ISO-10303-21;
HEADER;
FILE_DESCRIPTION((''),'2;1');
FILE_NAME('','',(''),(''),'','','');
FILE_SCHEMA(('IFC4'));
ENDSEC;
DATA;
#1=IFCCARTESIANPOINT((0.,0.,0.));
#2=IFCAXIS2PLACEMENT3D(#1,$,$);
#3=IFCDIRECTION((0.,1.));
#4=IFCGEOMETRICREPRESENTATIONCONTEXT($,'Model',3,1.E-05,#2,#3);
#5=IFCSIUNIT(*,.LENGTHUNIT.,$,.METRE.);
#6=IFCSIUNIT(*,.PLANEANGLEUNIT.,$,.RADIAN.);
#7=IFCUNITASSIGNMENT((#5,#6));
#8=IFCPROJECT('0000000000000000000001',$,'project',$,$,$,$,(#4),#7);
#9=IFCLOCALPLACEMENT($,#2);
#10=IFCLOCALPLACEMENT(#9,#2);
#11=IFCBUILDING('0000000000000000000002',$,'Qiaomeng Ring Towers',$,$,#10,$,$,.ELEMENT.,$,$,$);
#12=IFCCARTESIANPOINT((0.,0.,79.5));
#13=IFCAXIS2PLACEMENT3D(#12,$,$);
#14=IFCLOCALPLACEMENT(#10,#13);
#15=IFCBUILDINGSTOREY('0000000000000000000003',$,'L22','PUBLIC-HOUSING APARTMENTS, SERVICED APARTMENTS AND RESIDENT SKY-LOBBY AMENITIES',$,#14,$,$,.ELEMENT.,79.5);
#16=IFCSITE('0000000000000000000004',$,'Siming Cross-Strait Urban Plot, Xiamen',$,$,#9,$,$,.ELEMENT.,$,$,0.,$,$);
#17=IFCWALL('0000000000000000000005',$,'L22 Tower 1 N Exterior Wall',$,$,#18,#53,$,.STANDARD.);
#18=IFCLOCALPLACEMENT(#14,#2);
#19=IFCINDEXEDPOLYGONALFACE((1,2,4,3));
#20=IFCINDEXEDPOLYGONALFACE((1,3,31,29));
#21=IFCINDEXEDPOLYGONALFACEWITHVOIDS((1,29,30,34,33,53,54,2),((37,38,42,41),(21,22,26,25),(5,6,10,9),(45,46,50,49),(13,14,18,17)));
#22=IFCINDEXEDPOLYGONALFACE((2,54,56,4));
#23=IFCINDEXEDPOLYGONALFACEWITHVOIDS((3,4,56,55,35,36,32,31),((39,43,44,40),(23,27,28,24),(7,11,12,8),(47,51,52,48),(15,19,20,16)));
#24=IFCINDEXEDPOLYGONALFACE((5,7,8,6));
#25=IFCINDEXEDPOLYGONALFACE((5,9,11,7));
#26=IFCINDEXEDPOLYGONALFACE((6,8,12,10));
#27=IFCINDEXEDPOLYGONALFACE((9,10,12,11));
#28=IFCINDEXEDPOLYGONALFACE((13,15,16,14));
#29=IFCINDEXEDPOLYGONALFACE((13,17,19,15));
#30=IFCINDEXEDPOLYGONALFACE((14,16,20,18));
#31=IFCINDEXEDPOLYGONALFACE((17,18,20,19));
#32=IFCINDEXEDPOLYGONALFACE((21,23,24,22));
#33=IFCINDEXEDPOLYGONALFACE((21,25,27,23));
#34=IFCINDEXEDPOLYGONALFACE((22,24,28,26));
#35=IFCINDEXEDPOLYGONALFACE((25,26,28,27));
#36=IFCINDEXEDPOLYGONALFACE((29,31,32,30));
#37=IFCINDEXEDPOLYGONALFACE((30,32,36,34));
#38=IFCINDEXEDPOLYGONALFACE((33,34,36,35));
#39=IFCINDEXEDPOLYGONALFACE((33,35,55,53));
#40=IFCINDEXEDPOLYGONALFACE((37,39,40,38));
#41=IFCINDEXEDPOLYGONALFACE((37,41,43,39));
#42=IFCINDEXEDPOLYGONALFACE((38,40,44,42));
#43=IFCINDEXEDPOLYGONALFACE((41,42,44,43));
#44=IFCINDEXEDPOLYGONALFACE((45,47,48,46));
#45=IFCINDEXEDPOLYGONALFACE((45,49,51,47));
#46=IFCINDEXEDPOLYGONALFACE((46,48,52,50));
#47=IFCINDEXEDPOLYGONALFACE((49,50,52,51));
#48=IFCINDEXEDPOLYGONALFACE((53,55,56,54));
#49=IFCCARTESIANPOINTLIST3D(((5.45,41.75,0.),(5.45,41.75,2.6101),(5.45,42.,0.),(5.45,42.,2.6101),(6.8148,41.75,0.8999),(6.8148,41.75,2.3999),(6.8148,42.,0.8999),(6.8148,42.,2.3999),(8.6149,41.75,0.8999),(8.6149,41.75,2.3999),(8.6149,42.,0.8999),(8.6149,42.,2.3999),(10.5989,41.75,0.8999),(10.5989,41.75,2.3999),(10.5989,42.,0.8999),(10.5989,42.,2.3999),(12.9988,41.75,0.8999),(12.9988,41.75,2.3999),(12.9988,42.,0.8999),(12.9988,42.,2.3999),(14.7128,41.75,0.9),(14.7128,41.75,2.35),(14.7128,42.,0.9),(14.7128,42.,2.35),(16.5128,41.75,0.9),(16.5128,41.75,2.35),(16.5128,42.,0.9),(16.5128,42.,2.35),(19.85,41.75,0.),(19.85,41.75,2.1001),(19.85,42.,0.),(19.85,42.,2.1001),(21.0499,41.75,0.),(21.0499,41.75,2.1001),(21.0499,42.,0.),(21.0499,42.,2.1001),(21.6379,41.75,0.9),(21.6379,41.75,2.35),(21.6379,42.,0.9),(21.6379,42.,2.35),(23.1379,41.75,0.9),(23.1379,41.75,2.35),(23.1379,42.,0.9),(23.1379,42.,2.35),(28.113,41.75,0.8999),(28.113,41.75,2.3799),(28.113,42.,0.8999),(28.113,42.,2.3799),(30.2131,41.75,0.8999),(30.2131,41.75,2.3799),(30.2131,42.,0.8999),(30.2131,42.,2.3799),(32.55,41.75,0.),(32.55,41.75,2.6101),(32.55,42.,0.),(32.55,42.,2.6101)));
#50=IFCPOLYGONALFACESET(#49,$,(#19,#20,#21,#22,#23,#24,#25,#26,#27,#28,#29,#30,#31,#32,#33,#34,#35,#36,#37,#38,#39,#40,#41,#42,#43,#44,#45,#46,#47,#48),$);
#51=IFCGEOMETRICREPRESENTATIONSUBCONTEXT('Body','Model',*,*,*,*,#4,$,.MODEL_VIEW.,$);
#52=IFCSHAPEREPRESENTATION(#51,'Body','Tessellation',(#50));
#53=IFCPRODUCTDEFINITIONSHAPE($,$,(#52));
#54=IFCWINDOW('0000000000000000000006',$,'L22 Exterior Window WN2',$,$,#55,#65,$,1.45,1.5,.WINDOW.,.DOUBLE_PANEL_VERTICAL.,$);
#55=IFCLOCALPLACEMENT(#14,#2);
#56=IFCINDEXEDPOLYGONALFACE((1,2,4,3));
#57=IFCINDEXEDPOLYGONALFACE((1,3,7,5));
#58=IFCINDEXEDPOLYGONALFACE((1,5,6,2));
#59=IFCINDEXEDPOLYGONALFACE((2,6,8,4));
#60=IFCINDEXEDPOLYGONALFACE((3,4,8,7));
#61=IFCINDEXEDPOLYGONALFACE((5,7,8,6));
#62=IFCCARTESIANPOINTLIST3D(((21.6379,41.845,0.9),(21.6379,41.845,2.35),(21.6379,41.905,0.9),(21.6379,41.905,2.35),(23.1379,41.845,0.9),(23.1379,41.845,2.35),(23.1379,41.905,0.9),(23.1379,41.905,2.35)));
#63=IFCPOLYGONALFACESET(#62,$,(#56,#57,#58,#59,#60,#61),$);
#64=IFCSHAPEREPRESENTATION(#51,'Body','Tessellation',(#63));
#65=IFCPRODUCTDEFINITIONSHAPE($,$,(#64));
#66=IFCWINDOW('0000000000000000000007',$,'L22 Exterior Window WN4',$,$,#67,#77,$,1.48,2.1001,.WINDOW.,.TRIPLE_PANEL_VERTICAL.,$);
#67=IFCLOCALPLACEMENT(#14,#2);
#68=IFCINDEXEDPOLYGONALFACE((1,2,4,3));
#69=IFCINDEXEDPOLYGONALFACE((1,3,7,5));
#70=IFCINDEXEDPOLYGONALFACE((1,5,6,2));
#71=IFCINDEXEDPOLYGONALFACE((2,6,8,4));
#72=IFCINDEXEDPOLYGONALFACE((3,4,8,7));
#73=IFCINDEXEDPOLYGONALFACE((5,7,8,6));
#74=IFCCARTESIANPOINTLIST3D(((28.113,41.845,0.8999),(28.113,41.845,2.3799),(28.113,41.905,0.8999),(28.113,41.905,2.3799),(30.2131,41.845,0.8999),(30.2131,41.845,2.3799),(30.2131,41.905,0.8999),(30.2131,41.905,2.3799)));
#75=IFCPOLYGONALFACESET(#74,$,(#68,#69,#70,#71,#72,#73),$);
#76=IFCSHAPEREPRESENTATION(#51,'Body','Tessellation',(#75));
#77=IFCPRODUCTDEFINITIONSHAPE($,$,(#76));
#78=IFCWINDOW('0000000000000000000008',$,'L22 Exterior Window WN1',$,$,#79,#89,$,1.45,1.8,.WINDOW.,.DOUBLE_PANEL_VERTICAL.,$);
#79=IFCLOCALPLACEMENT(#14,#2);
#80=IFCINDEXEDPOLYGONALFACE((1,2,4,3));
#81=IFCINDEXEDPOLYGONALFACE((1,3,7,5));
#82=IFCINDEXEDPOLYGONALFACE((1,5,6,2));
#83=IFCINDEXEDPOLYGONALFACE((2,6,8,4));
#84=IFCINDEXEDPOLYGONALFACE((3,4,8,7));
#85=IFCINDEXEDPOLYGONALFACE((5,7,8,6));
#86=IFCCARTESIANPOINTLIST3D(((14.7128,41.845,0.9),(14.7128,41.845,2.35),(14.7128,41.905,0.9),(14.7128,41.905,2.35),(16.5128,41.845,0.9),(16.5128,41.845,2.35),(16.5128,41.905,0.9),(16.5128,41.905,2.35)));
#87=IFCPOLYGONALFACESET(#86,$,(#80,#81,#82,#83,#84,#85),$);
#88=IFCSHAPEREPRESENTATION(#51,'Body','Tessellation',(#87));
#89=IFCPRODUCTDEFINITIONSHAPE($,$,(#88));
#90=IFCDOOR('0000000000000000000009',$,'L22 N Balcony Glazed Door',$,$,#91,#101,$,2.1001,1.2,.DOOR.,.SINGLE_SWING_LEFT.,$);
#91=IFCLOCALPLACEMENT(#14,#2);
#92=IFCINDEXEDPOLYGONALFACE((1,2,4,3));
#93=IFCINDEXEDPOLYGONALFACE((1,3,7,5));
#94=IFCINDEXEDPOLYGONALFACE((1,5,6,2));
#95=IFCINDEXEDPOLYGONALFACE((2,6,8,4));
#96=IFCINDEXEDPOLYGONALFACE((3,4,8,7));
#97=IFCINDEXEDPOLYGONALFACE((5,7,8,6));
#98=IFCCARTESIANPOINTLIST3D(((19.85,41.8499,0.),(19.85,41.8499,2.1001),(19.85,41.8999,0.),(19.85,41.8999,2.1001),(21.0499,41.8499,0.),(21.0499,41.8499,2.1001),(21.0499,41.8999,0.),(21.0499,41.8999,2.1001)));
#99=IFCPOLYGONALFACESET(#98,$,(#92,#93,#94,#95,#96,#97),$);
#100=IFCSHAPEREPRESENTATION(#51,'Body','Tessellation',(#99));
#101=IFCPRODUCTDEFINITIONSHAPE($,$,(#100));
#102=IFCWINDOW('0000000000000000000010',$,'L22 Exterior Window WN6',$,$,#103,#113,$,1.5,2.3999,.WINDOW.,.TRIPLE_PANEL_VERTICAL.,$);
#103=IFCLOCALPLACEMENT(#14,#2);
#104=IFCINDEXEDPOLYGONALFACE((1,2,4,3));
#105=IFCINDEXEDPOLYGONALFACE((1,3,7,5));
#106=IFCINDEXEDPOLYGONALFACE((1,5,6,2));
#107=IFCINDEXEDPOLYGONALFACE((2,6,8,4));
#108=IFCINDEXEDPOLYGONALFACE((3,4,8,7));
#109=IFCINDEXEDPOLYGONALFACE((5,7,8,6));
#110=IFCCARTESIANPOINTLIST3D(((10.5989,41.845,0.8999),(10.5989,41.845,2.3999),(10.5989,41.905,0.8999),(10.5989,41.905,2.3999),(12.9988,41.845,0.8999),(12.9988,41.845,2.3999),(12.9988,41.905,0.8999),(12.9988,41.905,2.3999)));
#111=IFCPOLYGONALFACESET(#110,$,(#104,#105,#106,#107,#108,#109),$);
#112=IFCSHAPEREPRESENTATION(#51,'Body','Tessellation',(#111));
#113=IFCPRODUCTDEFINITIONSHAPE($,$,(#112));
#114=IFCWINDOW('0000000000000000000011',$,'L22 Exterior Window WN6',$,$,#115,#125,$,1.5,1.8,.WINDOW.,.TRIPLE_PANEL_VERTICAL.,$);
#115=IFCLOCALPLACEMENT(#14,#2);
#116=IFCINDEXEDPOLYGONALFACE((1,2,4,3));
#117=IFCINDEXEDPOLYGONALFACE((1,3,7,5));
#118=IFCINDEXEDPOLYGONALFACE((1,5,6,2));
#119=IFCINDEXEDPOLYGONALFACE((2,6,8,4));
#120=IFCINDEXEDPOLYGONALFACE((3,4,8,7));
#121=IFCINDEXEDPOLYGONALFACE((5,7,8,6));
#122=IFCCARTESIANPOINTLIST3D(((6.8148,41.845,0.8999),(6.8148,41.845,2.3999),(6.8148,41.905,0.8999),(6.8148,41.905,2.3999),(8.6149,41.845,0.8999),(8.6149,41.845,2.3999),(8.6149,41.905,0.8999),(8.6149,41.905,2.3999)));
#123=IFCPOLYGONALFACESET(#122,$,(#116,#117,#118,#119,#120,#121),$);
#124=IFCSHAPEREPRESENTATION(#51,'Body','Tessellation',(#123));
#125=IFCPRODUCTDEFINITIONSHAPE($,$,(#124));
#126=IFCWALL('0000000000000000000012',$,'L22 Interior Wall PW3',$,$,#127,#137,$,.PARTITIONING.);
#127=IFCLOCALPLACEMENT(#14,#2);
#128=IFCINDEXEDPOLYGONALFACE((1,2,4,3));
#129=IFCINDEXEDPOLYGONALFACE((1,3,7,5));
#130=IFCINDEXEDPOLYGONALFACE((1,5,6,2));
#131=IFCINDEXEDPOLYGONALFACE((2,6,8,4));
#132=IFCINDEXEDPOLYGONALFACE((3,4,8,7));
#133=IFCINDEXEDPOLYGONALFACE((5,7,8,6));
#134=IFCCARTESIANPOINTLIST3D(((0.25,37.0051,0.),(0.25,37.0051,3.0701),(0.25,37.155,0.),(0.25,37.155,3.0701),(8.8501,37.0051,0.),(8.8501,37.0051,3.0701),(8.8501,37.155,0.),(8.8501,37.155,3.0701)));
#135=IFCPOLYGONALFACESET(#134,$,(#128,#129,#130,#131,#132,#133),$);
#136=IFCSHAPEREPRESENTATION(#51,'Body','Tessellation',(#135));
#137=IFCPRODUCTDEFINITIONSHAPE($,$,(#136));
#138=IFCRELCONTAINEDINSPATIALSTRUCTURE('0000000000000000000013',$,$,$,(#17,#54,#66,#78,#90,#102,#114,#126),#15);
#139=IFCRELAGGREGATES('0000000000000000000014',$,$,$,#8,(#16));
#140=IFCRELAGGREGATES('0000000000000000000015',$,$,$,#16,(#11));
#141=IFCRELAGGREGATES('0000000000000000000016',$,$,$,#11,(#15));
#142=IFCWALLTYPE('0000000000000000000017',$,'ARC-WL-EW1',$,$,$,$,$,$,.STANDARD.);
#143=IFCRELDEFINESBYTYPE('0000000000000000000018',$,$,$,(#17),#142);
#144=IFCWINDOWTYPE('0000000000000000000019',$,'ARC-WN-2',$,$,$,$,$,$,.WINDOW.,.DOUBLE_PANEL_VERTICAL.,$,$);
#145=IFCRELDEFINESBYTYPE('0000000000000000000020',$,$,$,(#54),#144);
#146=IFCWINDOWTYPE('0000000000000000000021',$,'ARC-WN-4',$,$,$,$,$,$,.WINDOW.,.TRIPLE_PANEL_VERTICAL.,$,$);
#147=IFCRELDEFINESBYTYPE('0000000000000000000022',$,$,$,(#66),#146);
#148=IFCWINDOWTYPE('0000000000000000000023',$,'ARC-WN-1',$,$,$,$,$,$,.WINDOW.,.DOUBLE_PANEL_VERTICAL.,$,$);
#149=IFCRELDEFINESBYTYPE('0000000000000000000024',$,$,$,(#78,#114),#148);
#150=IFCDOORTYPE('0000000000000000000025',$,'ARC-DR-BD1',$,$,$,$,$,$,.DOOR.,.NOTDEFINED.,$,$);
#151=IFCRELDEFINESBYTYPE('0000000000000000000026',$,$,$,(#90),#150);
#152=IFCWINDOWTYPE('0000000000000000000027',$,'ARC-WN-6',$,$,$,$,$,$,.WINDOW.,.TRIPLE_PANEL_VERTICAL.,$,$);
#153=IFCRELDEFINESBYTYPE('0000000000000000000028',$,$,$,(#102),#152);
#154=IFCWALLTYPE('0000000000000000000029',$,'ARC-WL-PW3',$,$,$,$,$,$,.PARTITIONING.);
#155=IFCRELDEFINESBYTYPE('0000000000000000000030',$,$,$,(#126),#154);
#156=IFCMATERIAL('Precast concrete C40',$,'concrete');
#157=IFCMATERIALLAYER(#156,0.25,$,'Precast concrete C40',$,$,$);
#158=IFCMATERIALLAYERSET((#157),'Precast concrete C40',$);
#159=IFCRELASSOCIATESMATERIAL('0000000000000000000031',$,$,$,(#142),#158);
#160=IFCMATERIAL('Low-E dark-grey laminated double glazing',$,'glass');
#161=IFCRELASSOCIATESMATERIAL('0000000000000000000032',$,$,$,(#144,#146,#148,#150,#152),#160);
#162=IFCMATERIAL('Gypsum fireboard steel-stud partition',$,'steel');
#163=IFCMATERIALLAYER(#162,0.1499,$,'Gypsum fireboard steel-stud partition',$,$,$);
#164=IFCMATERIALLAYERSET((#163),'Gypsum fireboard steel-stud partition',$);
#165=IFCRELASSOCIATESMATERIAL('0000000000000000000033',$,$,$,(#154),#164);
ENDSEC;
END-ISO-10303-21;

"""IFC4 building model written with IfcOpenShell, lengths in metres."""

from ifc_helpers import new_model, si_unit, direction, frame, frame_2d, origin, place, context, subcontext, project, spatial, rectangle, extrude, source, transform, mapped, material, layer, layer_set, type_object, element, fill, save


model = new_model("IFC4")

# Units and contexts
model_context = context("Model", 3, precision=1e-05, world=origin(), true_north=direction((0.0, 1.0)))
body_context = subcontext(model_context, "Body", "Model", "MODEL_VIEW")
ifc_project = project(units=[si_unit("LENGTHUNIT", "METRE"), si_unit("PLANEANGLEUNIT", "RADIAN")], contexts=[model_context])

# Site, building, storey
site_placement = place(None, origin())
site = spatial("IfcSite", under=ifc_project, at=site_placement, Name="Siming Cross-Strait Urban Plot, Xiamen", CompositionType="ELEMENT", RefElevation=0.0)
building_placement = place(site_placement, origin())
building = spatial("IfcBuilding", under=site, at=building_placement, Name="Qiaomeng Ring Towers", CompositionType="ELEMENT")
storey_placement = place(building_placement, frame((0.0, 0.0, 79.5)))
storey = spatial("IfcBuildingStorey", under=building, at=storey_placement, Name="L22", Description="PUBLIC-HOUSING APARTMENTS, SERVICED APARTMENTS AND RESIDENT SKY-LOBBY AMENITIES", CompositionType="ELEMENT", Elevation=79.5)

# Shared definitions
ifc_material_1 = material(Name="Low-E dark-grey laminated double glazing", Category="glass")

# Wall, openings, windows, door
ifc_material_2 = material(Name="Precast concrete C40", Category="concrete")
ifc_layer_1 = layer(ifc_material_2, 0.25, Name="Precast concrete C40")
ifc_layer_set_1 = layer_set([ifc_layer_1], Name="Precast concrete C40")
wall_type_1 = type_object("IfcWallType", Name="ARC-WL-EW1", PredefinedType="STANDARD", material=ifc_layer_set_1)
wall_1_placement = place(storey_placement, frame((5.45, 41.875, 0.0), z_axis=(0.0, 0.0, 1.0), x_axis=(1.0, 0.0, 0.0)))
wall_1 = element("IfcWall", 1, at=wall_1_placement, inside=storey, type_object=wall_type_1, Name="L22 Tower 1 N Exterior Wall", PredefinedType="STANDARD", context=body_context, shape_type="SweptSolid", body=[
    extrude(rectangle(XDim=27.1001, YDim=0.25, at=frame_2d((13.55, 0.0))), origin(), (0.0, 0.0, 1.0), 2.6101),
])
opening_1_placement = place(wall_1_placement, frame((14.3999, 0.0, 0.0)))
opening_1 = element("IfcOpeningElement", 2, at=opening_1_placement, cuts=wall_1, PredefinedType="OPENING", context=body_context, shape_type="SweptSolid", body=[
    extrude(rectangle(XDim=1.2, YDim=2.1001, at=frame_2d((0.6001, 1.05))), frame((0.0, 0.135, 0.0), z_axis=(0.0, -1.0, 0.0), x_axis=(1.0, 0.0, 0.0)), (0.0, 0.0, 1.0), 0.27),
])
opening_2_placement = place(wall_1_placement, frame((1.365, 0.0, 0.8999)))
opening_2 = element("IfcOpeningElement", 3, at=opening_2_placement, cuts=wall_1, PredefinedType="OPENING", context=body_context, shape_type="SweptSolid", body=[
    extrude(rectangle(XDim=1.8, YDim=1.5, at=frame_2d((0.8999, 0.75))), frame((0.0, 0.135, 0.0), z_axis=(0.0, -1.0, 0.0), x_axis=(1.0, 0.0, 0.0)), (0.0, 0.0, 1.0), 0.27),
])
opening_3_placement = place(wall_1_placement, frame((9.2629, 0.0, 0.8999)))
opening_3 = element("IfcOpeningElement", 4, at=opening_3_placement, cuts=wall_1, PredefinedType="OPENING", context=body_context, shape_type="SweptSolid", body=[
    extrude(rectangle(XDim=1.8, YDim=1.45, at=frame_2d((0.8999, 0.7251))), frame((0.0, 0.135, 0.0), z_axis=(0.0, -1.0, 0.0), x_axis=(1.0, 0.0, 0.0)), (0.0, 0.0, 1.0), 0.27),
])
opening_4_placement = place(wall_1_placement, frame((16.188, 0.0, 0.8999)))
opening_4 = element("IfcOpeningElement", 5, at=opening_4_placement, cuts=wall_1, PredefinedType="OPENING", context=body_context, shape_type="SweptSolid", body=[
    extrude(rectangle(XDim=1.5, YDim=1.45, at=frame_2d((0.75, 0.7251))), frame((0.0, 0.135, 0.0), z_axis=(0.0, -1.0, 0.0), x_axis=(1.0, 0.0, 0.0)), (0.0, 0.0, 1.0), 0.27),
])
opening_5_placement = place(wall_1_placement, frame((22.6631, 0.0, 0.8999)))
opening_5 = element("IfcOpeningElement", 6, at=opening_5_placement, cuts=wall_1, PredefinedType="OPENING", context=body_context, shape_type="SweptSolid", body=[
    extrude(rectangle(XDim=2.1001, YDim=1.48, at=frame_2d((1.05, 0.74))), frame((0.0, 0.135, 0.0), z_axis=(0.0, -1.0, 0.0), x_axis=(1.0, 0.0, 0.0)), (0.0, 0.0, 1.0), 0.27),
])
opening_6_placement = place(wall_1_placement, frame((5.1489, 0.0, 0.8999)))
opening_6 = element("IfcOpeningElement", 7, at=opening_6_placement, cuts=wall_1, PredefinedType="OPENING", context=body_context, shape_type="SweptSolid", body=[
    extrude(rectangle(XDim=2.3999, YDim=1.5, at=frame_2d((1.2, 0.75))), frame((0.0, 0.135, 0.0), z_axis=(0.0, -1.0, 0.0), x_axis=(1.0, 0.0, 0.0)), (0.0, 0.0, 1.0), 0.27),
])
window_type_1 = type_object("IfcWindowType", Name="ARC-WN-2", PartitioningType="DOUBLE_PANEL_VERTICAL", PredefinedType="WINDOW", material=ifc_material_1)
shared_shape_1 = source(origin(), body_context, "Body", "SweptSolid", [
    extrude(rectangle(XDim=1.5, YDim=1.45, at=frame_2d((0.75, 0.7251))), frame((0.0, 0.03, 0.0), z_axis=(0.0, -1.0, 0.0), x_axis=(1.0, 0.0, 0.0)), (0.0, 0.0, 1.0), 0.0601),
])
window_1_placement = place(opening_4_placement, origin())
window_1 = element("IfcWindow", 8, at=window_1_placement, inside=storey, type_object=window_type_1, Name="L22 Exterior Window WN2", OverallHeight=1.45, OverallWidth=1.5, PartitioningType="DOUBLE_PANEL_VERTICAL", PredefinedType="WINDOW", context=body_context, shape_type="MappedRepresentation", body=[
    mapped(shared_shape_1, transform((0.0, 0.0, 0.0), x_axis=(1.0, 0.0, 0.0), y_axis=(0.0, 1.0, 0.0), z_axis=(0.0, 0.0, 1.0), scale=1.0)),
])
fill(opening_4, window_1)
window_type_2 = type_object("IfcWindowType", Name="ARC-WN-4", PartitioningType="TRIPLE_PANEL_VERTICAL", PredefinedType="WINDOW", material=ifc_material_1)
shared_shape_2 = source(origin(), body_context, "Body", "SweptSolid", [
    extrude(rectangle(XDim=2.1001, YDim=1.48, at=frame_2d((1.05, 0.74))), frame((0.0, 0.03, 0.0), z_axis=(0.0, -1.0, 0.0), x_axis=(1.0, 0.0, 0.0)), (0.0, 0.0, 1.0), 0.0601),
])
window_2_placement = place(opening_5_placement, origin())
window_2 = element("IfcWindow", 9, at=window_2_placement, inside=storey, type_object=window_type_2, Name="L22 Exterior Window WN4", OverallHeight=1.48, OverallWidth=2.1001, PartitioningType="TRIPLE_PANEL_VERTICAL", PredefinedType="WINDOW", context=body_context, shape_type="MappedRepresentation", body=[
    mapped(shared_shape_2, transform((0.0, 0.0, 0.0), x_axis=(1.0, 0.0, 0.0), y_axis=(0.0, 1.0, 0.0), z_axis=(0.0, 0.0, 1.0), scale=1.0)),
])
fill(opening_5, window_2)
window_type_3 = type_object("IfcWindowType", Name="ARC-WN-1", PartitioningType="DOUBLE_PANEL_VERTICAL", PredefinedType="WINDOW", material=ifc_material_1)
shared_shape_3 = source(origin(), body_context, "Body", "SweptSolid", [
    extrude(rectangle(XDim=1.8, YDim=1.45, at=frame_2d((0.8999, 0.7251))), frame((0.0, 0.03, 0.0), z_axis=(0.0, -1.0, 0.0), x_axis=(1.0, 0.0, 0.0)), (0.0, 0.0, 1.0), 0.0601),
])
window_3_placement = place(opening_3_placement, origin())
window_3 = element("IfcWindow", 10, at=window_3_placement, inside=storey, type_object=window_type_3, Name="L22 Exterior Window WN1", OverallHeight=1.45, OverallWidth=1.8, PartitioningType="DOUBLE_PANEL_VERTICAL", PredefinedType="WINDOW", context=body_context, shape_type="MappedRepresentation", body=[
    mapped(shared_shape_3, transform((0.0, 0.0, 0.0), x_axis=(1.0, 0.0, 0.0), y_axis=(0.0, 1.0, 0.0), z_axis=(0.0, 0.0, 1.0), scale=1.0)),
])
fill(opening_3, window_3)
door_type_1 = type_object("IfcDoorType", Name="ARC-DR-BD1", OperationType="NOTDEFINED", PredefinedType="DOOR", material=ifc_material_1)
shared_shape_4 = source(origin(), body_context, "Body", "SweptSolid", [
    extrude(rectangle(XDim=1.2, YDim=2.1001, at=frame_2d((0.6001, 1.05))), frame((0.0, 0.0249, 0.0), z_axis=(0.0, -1.0, 0.0), x_axis=(1.0, 0.0, 0.0)), (0.0, 0.0, 1.0), 0.05),
])
door_1_placement = place(opening_1_placement, origin())
door_1 = element("IfcDoor", 11, at=door_1_placement, inside=storey, type_object=door_type_1, Name="L22 N Balcony Glazed Door", OperationType="SINGLE_SWING_LEFT", OverallHeight=2.1001, OverallWidth=1.2, PredefinedType="DOOR", context=body_context, shape_type="MappedRepresentation", body=[
    mapped(shared_shape_4, transform((0.0, 0.0, 0.0), x_axis=(1.0, 0.0, 0.0), y_axis=(0.0, 1.0, 0.0), z_axis=(0.0, 0.0, 1.0), scale=1.0)),
])
fill(opening_1, door_1)
window_type_4 = type_object("IfcWindowType", Name="ARC-WN-6", PartitioningType="TRIPLE_PANEL_VERTICAL", PredefinedType="WINDOW", material=ifc_material_1)
shared_shape_5 = source(origin(), body_context, "Body", "SweptSolid", [
    extrude(rectangle(XDim=2.3999, YDim=1.5, at=frame_2d((1.2, 0.75))), frame((0.0, 0.03, 0.0), z_axis=(0.0, -1.0, 0.0), x_axis=(1.0, 0.0, 0.0)), (0.0, 0.0, 1.0), 0.0601),
])
window_4_placement = place(opening_6_placement, origin())
window_4 = element("IfcWindow", 12, at=window_4_placement, inside=storey, type_object=window_type_4, Name="L22 Exterior Window WN6", OverallHeight=1.5, OverallWidth=2.3999, PartitioningType="TRIPLE_PANEL_VERTICAL", PredefinedType="WINDOW", context=body_context, shape_type="MappedRepresentation", body=[
    mapped(shared_shape_5, transform((0.0, 0.0, 0.0), x_axis=(1.0, 0.0, 0.0), y_axis=(0.0, 1.0, 0.0), z_axis=(0.0, 0.0, 1.0), scale=1.0)),
])
fill(opening_6, window_4)
shared_shape_6 = source(origin(), body_context, "Body", "SweptSolid", [
    extrude(rectangle(XDim=1.8, YDim=1.5, at=frame_2d((0.8999, 0.75))), frame((0.0, 0.03, 0.0), z_axis=(0.0, -1.0, 0.0), x_axis=(1.0, 0.0, 0.0)), (0.0, 0.0, 1.0), 0.0601),
])
window_5_placement = place(opening_2_placement, origin())
window_5 = element("IfcWindow", 13, at=window_5_placement, inside=storey, type_object=window_type_3, Name="L22 Exterior Window WN6", OverallHeight=1.5, OverallWidth=1.8, PartitioningType="TRIPLE_PANEL_VERTICAL", PredefinedType="WINDOW", context=body_context, shape_type="MappedRepresentation", body=[
    mapped(shared_shape_6, transform((0.0, 0.0, 0.0), x_axis=(1.0, 0.0, 0.0), y_axis=(0.0, 1.0, 0.0), z_axis=(0.0, 0.0, 1.0), scale=1.0)),
])
fill(opening_2, window_5)

# Wall
ifc_material_3 = material(Name="Gypsum fireboard steel-stud partition", Category="steel")
ifc_layer_2 = layer(ifc_material_3, 0.1499, Name="Gypsum fireboard steel-stud partition")
ifc_layer_set_2 = layer_set([ifc_layer_2], Name="Gypsum fireboard steel-stud partition")
wall_type_2 = type_object("IfcWallType", Name="ARC-WL-PW3", PredefinedType="PARTITIONING", material=ifc_layer_set_2)
wall_2_placement = place(storey_placement, frame((0.25, 37.0801, 0.0), z_axis=(0.0, 0.0, 1.0), x_axis=(1.0, 0.0, 0.0)))
element("IfcWall", 14, at=wall_2_placement, inside=storey, type_object=wall_type_2, Name="L22 Interior Wall PW3", PredefinedType="PARTITIONING", context=body_context, shape_type="SweptSolid", body=[
    extrude(rectangle(XDim=8.6001, YDim=0.1499, at=frame_2d((4.3, 0.0))), origin(), (0.0, 0.0, 1.0), 3.0701),
])

save(model, "model.ifc")
